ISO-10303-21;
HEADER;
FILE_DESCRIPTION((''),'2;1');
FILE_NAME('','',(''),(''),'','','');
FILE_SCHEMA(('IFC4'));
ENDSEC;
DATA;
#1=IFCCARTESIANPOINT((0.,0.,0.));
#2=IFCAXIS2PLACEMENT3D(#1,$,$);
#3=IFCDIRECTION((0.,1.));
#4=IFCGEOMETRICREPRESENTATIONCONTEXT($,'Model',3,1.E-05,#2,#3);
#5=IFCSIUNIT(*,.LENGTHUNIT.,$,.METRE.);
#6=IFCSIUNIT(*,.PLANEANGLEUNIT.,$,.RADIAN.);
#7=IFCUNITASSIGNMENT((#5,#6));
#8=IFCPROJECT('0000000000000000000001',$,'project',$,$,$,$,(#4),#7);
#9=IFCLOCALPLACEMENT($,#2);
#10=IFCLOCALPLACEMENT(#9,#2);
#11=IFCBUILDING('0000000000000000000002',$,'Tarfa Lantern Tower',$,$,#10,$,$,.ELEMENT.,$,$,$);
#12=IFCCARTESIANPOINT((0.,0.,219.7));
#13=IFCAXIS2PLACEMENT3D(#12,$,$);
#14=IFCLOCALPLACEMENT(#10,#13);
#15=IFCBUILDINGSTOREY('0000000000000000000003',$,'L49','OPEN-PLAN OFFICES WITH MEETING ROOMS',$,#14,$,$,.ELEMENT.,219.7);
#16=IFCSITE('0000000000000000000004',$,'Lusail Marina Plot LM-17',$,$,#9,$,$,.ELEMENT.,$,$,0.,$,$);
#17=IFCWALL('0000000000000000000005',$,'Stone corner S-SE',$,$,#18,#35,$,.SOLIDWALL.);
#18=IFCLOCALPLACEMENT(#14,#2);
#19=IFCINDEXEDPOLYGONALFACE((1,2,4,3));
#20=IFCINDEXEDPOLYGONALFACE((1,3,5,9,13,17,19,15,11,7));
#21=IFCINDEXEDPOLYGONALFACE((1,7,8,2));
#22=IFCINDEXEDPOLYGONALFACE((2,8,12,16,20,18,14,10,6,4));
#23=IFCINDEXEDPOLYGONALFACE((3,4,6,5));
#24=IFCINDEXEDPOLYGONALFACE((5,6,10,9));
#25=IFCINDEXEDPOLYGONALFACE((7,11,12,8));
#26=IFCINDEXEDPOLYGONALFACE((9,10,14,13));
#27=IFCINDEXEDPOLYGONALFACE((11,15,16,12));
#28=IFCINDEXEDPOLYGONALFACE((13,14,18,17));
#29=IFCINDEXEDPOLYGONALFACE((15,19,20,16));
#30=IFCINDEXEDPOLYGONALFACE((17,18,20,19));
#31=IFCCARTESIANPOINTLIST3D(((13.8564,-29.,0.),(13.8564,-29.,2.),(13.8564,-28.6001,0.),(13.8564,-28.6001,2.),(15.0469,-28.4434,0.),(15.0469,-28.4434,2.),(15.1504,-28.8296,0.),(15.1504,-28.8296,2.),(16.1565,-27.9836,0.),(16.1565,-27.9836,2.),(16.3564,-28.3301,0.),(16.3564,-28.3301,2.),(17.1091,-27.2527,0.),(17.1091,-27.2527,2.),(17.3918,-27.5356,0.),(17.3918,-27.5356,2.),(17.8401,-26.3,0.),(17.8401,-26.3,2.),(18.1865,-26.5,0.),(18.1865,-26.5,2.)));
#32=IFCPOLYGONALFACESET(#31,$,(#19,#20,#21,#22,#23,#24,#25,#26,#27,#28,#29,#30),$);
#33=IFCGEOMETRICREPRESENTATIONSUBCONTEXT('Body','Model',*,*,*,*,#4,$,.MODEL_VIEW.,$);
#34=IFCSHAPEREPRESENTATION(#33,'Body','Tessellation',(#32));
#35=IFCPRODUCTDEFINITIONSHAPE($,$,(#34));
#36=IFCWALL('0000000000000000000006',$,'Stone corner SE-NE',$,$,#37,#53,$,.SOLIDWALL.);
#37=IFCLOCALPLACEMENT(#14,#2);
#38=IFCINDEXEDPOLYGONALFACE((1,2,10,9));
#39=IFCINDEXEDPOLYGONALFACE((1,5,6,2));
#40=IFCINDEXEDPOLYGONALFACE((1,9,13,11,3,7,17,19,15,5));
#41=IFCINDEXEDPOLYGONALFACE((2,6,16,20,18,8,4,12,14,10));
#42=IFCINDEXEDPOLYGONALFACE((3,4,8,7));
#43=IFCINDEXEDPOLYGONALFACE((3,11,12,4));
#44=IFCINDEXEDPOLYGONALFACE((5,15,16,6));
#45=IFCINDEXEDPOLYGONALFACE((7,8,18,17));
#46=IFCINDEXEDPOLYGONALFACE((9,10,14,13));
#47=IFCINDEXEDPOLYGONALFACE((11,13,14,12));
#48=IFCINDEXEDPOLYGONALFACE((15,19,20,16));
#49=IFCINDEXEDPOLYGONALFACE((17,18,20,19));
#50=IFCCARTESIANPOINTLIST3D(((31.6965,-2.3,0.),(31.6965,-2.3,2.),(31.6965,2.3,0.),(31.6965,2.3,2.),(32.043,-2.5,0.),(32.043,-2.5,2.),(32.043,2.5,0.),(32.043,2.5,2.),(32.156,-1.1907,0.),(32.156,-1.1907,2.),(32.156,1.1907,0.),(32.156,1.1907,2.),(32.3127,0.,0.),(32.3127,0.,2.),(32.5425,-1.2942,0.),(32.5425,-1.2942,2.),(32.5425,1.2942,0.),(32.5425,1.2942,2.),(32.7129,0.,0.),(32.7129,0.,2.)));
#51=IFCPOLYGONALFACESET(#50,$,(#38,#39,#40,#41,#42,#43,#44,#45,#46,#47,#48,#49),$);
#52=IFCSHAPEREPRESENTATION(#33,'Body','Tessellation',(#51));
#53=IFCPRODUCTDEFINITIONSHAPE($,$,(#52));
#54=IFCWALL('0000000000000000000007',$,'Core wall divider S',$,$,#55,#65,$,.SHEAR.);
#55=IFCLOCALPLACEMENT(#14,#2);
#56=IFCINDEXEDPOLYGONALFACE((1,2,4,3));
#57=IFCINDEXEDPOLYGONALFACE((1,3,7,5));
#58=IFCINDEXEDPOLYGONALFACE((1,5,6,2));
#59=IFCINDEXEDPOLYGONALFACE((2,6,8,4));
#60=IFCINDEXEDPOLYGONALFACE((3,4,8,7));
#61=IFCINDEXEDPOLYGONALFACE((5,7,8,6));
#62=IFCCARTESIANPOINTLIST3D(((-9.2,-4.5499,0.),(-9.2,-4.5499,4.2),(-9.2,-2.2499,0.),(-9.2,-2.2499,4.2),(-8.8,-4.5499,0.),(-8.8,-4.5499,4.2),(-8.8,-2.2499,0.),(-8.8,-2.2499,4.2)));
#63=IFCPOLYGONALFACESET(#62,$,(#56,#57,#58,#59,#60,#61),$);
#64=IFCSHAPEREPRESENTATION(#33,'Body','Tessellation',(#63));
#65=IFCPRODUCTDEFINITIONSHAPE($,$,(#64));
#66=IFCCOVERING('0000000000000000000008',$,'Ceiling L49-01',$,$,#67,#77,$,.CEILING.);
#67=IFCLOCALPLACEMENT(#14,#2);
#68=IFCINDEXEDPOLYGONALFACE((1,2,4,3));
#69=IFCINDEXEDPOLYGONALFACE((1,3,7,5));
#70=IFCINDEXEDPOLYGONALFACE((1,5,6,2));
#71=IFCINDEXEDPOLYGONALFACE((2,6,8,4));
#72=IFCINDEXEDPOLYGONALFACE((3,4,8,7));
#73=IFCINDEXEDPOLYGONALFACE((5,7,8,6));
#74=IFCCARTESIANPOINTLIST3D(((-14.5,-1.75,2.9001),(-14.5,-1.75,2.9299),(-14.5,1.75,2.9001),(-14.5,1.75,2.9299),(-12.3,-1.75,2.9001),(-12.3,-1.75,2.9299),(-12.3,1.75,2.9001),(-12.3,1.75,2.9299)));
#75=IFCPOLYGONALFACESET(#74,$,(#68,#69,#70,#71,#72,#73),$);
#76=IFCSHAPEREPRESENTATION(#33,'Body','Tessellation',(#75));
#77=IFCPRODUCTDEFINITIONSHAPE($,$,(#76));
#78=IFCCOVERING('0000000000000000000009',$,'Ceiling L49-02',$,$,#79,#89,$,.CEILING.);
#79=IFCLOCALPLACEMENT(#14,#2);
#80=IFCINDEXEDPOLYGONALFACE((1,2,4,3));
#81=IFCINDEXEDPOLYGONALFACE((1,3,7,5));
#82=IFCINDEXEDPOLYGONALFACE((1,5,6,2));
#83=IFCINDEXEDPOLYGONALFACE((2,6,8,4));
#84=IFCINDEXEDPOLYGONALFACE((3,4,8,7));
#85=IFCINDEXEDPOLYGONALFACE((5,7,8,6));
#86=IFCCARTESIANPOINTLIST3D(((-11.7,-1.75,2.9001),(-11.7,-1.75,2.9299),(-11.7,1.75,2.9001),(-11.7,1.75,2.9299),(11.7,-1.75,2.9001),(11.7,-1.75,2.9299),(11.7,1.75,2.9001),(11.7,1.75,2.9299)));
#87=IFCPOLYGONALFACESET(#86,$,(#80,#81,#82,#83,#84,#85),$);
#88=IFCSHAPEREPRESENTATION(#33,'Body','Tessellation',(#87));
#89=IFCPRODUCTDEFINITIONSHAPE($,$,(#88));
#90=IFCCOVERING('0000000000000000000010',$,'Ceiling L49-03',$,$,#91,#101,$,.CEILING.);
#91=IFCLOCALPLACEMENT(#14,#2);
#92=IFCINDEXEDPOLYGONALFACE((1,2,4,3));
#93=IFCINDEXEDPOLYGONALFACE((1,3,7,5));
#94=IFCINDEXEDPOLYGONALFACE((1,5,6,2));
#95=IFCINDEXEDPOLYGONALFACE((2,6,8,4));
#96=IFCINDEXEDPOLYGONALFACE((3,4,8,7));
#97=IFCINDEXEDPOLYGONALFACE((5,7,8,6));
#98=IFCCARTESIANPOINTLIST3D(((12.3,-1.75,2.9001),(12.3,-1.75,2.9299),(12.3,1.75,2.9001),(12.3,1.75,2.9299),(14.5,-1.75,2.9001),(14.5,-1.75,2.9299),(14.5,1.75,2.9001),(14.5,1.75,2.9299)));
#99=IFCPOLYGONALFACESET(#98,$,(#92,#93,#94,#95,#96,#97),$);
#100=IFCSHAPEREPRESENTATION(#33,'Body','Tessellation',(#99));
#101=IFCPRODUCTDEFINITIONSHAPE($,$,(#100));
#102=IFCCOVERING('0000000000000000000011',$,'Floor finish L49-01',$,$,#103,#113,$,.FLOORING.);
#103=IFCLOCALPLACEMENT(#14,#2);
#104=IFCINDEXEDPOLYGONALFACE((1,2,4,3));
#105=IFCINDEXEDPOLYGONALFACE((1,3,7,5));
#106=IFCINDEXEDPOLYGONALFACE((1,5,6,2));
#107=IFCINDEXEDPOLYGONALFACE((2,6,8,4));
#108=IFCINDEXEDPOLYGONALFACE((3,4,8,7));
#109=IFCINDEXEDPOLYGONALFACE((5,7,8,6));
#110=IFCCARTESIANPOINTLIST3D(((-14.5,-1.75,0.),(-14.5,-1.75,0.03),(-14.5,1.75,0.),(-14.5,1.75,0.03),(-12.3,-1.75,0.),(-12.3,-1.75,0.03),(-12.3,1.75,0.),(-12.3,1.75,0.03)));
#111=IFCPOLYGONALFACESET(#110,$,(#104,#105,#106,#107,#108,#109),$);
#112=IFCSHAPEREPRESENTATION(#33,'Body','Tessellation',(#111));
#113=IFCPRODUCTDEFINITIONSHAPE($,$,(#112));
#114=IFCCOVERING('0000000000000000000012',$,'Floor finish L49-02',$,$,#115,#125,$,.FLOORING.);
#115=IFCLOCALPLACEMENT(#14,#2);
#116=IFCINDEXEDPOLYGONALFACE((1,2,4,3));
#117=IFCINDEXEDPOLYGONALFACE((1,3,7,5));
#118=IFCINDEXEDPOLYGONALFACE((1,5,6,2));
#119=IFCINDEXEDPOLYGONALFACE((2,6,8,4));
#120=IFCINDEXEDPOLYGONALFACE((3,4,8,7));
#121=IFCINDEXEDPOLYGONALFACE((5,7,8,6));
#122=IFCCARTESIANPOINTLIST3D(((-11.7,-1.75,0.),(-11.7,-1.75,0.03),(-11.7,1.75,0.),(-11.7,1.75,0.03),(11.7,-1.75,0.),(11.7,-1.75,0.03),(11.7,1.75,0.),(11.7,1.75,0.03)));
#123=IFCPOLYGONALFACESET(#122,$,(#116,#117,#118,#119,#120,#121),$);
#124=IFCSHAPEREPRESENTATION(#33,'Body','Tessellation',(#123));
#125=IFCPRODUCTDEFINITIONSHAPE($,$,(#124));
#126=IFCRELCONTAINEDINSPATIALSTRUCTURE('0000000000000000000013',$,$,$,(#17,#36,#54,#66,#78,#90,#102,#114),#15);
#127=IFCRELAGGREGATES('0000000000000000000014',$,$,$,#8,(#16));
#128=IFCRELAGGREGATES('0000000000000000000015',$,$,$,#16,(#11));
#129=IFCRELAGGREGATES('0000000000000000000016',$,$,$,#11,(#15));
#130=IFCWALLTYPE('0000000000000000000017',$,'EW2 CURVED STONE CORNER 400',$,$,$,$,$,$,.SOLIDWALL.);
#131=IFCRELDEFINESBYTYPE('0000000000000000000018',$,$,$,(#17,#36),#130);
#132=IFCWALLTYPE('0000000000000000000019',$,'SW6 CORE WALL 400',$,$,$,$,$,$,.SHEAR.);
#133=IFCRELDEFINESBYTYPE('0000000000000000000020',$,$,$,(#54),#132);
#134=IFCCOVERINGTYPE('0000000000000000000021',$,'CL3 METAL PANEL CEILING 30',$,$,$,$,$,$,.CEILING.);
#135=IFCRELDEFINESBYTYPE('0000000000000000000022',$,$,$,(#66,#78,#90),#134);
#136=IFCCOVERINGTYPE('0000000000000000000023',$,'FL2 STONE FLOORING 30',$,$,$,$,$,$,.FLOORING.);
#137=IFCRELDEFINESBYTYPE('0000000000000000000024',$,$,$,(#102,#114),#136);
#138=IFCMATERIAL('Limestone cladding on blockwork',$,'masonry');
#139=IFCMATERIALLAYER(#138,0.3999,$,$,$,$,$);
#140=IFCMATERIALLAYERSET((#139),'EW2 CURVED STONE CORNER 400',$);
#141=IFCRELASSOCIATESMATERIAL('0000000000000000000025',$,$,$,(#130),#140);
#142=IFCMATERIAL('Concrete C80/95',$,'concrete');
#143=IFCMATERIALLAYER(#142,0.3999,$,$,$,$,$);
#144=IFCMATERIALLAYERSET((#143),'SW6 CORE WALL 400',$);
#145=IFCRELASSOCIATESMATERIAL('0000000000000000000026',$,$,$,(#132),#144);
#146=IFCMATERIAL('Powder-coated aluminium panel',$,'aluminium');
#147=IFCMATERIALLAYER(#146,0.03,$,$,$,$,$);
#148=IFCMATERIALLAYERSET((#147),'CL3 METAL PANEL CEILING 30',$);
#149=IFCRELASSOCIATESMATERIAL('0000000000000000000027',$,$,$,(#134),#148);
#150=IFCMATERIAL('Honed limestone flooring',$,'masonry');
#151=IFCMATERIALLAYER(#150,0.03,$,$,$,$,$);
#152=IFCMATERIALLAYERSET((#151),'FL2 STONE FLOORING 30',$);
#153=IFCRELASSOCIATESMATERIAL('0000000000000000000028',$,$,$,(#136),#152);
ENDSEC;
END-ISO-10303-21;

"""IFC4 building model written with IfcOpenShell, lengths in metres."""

from ifc_helpers import new_model, si_unit, direction, frame, frame_2d, origin, place, context, subcontext, project, spatial, polyline, rectangle, outline, extrude, material, layer, layer_set, type_object, element, save


model = new_model("IFC4")

# Units and contexts
model_context = context("Model", 3, precision=1e-05, world=origin(), true_north=direction((0.0, 1.0)))
body_context = subcontext(model_context, "Body", "Model", "MODEL_VIEW")
ifc_project = project(units=[si_unit("LENGTHUNIT", "METRE"), si_unit("PLANEANGLEUNIT", "RADIAN")], contexts=[model_context])

# Site, building, storey
site_placement = place(None, origin())
site = spatial("IfcSite", under=ifc_project, at=site_placement, Name="Lusail Marina Plot LM-17", CompositionType="ELEMENT", RefElevation=0.0)
building_placement = place(site_placement, origin())
building = spatial("IfcBuilding", under=site, at=building_placement, Name="Tarfa Lantern Tower", CompositionType="ELEMENT")
storey_placement = place(building_placement, frame((0.0, 0.0, 219.7)))
storey = spatial("IfcBuildingStorey", under=building, at=storey_placement, Name="L49", Description="OPEN-PLAN OFFICES WITH MEETING ROOMS", CompositionType="ELEMENT", Elevation=219.7)

# Walls
ifc_material_1 = material(Name="Limestone cladding on blockwork", Category="masonry")
ifc_layer_1 = layer(ifc_material_1, 0.3999)
ifc_layer_set_1 = layer_set([ifc_layer_1], Name="EW2 CURVED STONE CORNER 400")
wall_type_1 = type_object("IfcWallType", Name="EW2 CURVED STONE CORNER 400", PredefinedType="SOLIDWALL", material=ifc_layer_set_1)
wall_1_placement = place(storey_placement, origin())
element("IfcWall", 1, at=wall_1_placement, inside=storey, type_object=wall_type_1, Name="Stone corner S-SE", PredefinedType="SOLIDWALL", context=body_context, shape_type="SweptSolid", body=[
    extrude(outline(polyline([(13.8564, -29.0), (15.1504, -28.8296), (16.3564, -28.3301), (17.3918, -27.5356), (18.1865, -26.5), (17.8401, -26.3), (17.1091, -27.2527), (16.1565, -27.9836), (15.0469, -28.4434), (13.8564, -28.6001), (13.8564, -29.0)])), origin(), (0.0, 0.0, 1.0), 2.0),
])
wall_2_placement = place(storey_placement, origin())
element("IfcWall", 2, at=wall_2_placement, inside=storey, type_object=wall_type_1, Name="Stone corner SE-NE", PredefinedType="SOLIDWALL", context=body_context, shape_type="SweptSolid", body=[
    extrude(outline(polyline([(32.043, -2.5), (32.5425, -1.2942), (32.7129, 0.0), (32.5425, 1.2942), (32.043, 2.5), (31.6965, 2.3), (32.156, 1.1907), (32.3127, 0.0), (32.156, -1.1907), (31.6965, -2.3), (32.043, -2.5)])), origin(), (0.0, 0.0, 1.0), 2.0),
])
ifc_material_2 = material(Name="Concrete C80/95", Category="concrete")
ifc_layer_2 = layer(ifc_material_2, 0.3999)
ifc_layer_set_2 = layer_set([ifc_layer_2], Name="SW6 CORE WALL 400")
wall_type_2 = type_object("IfcWallType", Name="SW6 CORE WALL 400", PredefinedType="SHEAR", material=ifc_layer_set_2)
wall_3_placement = place(storey_placement, frame((-9.0, -2.25, 0.0), z_axis=(0.0, 0.0, 1.0), x_axis=(0.0, -1.0, 0.0)))
element("IfcWall", 3, at=wall_3_placement, inside=storey, type_object=wall_type_2, Name="Core wall divider S", PredefinedType="SHEAR", context=body_context, shape_type="SweptSolid", body=[
    extrude(rectangle(XDim=2.3, YDim=0.3999, at=frame_2d((1.1499, 0.0))), origin(), (0.0, 0.0, 1.0), 4.2),
])

# Coverings
ifc_material_3 = material(Name="Powder-coated aluminium panel", Category="aluminium")
ifc_layer_3 = layer(ifc_material_3, 0.03)
ifc_layer_set_3 = layer_set([ifc_layer_3], Name="CL3 METAL PANEL CEILING 30")
covering_type_1 = type_object("IfcCoveringType", Name="CL3 METAL PANEL CEILING 30", PredefinedType="CEILING", material=ifc_layer_set_3)
covering_1_placement = place(storey_placement, frame((0.0, 0.0, 2.9001)))
element("IfcCovering", 4, at=covering_1_placement, inside=storey, type_object=covering_type_1, Name="Ceiling L49-01", PredefinedType="CEILING", context=body_context, shape_type="SweptSolid", body=[
    extrude(outline(polyline([(-14.5, -1.75), (-12.3, -1.75), (-12.3, 1.75), (-14.5, 1.75), (-14.5, -1.75)])), origin(), (0.0, 0.0, 1.0), 0.0298),
])
covering_2_placement = place(storey_placement, frame((0.0, 0.0, 2.9001)))
element("IfcCovering", 5, at=covering_2_placement, inside=storey, type_object=covering_type_1, Name="Ceiling L49-02", PredefinedType="CEILING", context=body_context, shape_type="SweptSolid", body=[
    extrude(outline(polyline([(-11.7, -1.75), (11.7, -1.75), (11.7, 1.75), (-11.7, 1.75), (-11.7, -1.75)])), origin(), (0.0, 0.0, 1.0), 0.0298),
])
covering_3_placement = place(storey_placement, frame((0.0, 0.0, 2.9001)))
element("IfcCovering", 6, at=covering_3_placement, inside=storey, type_object=covering_type_1, Name="Ceiling L49-03", PredefinedType="CEILING", context=body_context, shape_type="SweptSolid", body=[
    extrude(outline(polyline([(12.3, -1.75), (14.5, -1.75), (14.5, 1.75), (12.3, 1.75), (12.3, -1.75)])), origin(), (0.0, 0.0, 1.0), 0.0298),
])
ifc_material_4 = material(Name="Honed limestone flooring", Category="masonry")
ifc_layer_4 = layer(ifc_material_4, 0.03)
ifc_layer_set_4 = layer_set([ifc_layer_4], Name="FL2 STONE FLOORING 30")
covering_type_2 = type_object("IfcCoveringType", Name="FL2 STONE FLOORING 30", PredefinedType="FLOORING", material=ifc_layer_set_4)
covering_4_placement = place(storey_placement, origin())
element("IfcCovering", 7, at=covering_4_placement, inside=storey, type_object=covering_type_2, Name="Floor finish L49-01", PredefinedType="FLOORING", context=body_context, shape_type="SweptSolid", body=[
    extrude(outline(polyline([(-14.5, -1.75), (-12.3, -1.75), (-12.3, 1.75), (-14.5, 1.75), (-14.5, -1.75)])), origin(), (0.0, 0.0, 1.0), 0.03),
])
covering_5_placement = place(storey_placement, origin())
element("IfcCovering", 8, at=covering_5_placement, inside=storey, type_object=covering_type_2, Name="Floor finish L49-02", PredefinedType="FLOORING", context=body_context, shape_type="SweptSolid", body=[
    extrude(outline(polyline([(-11.7, -1.75), (11.7, -1.75), (11.7, 1.75), (-11.7, 1.75), (-11.7, -1.75)])), origin(), (0.0, 0.0, 1.0), 0.03),
])

save(model, "model.ifc")
